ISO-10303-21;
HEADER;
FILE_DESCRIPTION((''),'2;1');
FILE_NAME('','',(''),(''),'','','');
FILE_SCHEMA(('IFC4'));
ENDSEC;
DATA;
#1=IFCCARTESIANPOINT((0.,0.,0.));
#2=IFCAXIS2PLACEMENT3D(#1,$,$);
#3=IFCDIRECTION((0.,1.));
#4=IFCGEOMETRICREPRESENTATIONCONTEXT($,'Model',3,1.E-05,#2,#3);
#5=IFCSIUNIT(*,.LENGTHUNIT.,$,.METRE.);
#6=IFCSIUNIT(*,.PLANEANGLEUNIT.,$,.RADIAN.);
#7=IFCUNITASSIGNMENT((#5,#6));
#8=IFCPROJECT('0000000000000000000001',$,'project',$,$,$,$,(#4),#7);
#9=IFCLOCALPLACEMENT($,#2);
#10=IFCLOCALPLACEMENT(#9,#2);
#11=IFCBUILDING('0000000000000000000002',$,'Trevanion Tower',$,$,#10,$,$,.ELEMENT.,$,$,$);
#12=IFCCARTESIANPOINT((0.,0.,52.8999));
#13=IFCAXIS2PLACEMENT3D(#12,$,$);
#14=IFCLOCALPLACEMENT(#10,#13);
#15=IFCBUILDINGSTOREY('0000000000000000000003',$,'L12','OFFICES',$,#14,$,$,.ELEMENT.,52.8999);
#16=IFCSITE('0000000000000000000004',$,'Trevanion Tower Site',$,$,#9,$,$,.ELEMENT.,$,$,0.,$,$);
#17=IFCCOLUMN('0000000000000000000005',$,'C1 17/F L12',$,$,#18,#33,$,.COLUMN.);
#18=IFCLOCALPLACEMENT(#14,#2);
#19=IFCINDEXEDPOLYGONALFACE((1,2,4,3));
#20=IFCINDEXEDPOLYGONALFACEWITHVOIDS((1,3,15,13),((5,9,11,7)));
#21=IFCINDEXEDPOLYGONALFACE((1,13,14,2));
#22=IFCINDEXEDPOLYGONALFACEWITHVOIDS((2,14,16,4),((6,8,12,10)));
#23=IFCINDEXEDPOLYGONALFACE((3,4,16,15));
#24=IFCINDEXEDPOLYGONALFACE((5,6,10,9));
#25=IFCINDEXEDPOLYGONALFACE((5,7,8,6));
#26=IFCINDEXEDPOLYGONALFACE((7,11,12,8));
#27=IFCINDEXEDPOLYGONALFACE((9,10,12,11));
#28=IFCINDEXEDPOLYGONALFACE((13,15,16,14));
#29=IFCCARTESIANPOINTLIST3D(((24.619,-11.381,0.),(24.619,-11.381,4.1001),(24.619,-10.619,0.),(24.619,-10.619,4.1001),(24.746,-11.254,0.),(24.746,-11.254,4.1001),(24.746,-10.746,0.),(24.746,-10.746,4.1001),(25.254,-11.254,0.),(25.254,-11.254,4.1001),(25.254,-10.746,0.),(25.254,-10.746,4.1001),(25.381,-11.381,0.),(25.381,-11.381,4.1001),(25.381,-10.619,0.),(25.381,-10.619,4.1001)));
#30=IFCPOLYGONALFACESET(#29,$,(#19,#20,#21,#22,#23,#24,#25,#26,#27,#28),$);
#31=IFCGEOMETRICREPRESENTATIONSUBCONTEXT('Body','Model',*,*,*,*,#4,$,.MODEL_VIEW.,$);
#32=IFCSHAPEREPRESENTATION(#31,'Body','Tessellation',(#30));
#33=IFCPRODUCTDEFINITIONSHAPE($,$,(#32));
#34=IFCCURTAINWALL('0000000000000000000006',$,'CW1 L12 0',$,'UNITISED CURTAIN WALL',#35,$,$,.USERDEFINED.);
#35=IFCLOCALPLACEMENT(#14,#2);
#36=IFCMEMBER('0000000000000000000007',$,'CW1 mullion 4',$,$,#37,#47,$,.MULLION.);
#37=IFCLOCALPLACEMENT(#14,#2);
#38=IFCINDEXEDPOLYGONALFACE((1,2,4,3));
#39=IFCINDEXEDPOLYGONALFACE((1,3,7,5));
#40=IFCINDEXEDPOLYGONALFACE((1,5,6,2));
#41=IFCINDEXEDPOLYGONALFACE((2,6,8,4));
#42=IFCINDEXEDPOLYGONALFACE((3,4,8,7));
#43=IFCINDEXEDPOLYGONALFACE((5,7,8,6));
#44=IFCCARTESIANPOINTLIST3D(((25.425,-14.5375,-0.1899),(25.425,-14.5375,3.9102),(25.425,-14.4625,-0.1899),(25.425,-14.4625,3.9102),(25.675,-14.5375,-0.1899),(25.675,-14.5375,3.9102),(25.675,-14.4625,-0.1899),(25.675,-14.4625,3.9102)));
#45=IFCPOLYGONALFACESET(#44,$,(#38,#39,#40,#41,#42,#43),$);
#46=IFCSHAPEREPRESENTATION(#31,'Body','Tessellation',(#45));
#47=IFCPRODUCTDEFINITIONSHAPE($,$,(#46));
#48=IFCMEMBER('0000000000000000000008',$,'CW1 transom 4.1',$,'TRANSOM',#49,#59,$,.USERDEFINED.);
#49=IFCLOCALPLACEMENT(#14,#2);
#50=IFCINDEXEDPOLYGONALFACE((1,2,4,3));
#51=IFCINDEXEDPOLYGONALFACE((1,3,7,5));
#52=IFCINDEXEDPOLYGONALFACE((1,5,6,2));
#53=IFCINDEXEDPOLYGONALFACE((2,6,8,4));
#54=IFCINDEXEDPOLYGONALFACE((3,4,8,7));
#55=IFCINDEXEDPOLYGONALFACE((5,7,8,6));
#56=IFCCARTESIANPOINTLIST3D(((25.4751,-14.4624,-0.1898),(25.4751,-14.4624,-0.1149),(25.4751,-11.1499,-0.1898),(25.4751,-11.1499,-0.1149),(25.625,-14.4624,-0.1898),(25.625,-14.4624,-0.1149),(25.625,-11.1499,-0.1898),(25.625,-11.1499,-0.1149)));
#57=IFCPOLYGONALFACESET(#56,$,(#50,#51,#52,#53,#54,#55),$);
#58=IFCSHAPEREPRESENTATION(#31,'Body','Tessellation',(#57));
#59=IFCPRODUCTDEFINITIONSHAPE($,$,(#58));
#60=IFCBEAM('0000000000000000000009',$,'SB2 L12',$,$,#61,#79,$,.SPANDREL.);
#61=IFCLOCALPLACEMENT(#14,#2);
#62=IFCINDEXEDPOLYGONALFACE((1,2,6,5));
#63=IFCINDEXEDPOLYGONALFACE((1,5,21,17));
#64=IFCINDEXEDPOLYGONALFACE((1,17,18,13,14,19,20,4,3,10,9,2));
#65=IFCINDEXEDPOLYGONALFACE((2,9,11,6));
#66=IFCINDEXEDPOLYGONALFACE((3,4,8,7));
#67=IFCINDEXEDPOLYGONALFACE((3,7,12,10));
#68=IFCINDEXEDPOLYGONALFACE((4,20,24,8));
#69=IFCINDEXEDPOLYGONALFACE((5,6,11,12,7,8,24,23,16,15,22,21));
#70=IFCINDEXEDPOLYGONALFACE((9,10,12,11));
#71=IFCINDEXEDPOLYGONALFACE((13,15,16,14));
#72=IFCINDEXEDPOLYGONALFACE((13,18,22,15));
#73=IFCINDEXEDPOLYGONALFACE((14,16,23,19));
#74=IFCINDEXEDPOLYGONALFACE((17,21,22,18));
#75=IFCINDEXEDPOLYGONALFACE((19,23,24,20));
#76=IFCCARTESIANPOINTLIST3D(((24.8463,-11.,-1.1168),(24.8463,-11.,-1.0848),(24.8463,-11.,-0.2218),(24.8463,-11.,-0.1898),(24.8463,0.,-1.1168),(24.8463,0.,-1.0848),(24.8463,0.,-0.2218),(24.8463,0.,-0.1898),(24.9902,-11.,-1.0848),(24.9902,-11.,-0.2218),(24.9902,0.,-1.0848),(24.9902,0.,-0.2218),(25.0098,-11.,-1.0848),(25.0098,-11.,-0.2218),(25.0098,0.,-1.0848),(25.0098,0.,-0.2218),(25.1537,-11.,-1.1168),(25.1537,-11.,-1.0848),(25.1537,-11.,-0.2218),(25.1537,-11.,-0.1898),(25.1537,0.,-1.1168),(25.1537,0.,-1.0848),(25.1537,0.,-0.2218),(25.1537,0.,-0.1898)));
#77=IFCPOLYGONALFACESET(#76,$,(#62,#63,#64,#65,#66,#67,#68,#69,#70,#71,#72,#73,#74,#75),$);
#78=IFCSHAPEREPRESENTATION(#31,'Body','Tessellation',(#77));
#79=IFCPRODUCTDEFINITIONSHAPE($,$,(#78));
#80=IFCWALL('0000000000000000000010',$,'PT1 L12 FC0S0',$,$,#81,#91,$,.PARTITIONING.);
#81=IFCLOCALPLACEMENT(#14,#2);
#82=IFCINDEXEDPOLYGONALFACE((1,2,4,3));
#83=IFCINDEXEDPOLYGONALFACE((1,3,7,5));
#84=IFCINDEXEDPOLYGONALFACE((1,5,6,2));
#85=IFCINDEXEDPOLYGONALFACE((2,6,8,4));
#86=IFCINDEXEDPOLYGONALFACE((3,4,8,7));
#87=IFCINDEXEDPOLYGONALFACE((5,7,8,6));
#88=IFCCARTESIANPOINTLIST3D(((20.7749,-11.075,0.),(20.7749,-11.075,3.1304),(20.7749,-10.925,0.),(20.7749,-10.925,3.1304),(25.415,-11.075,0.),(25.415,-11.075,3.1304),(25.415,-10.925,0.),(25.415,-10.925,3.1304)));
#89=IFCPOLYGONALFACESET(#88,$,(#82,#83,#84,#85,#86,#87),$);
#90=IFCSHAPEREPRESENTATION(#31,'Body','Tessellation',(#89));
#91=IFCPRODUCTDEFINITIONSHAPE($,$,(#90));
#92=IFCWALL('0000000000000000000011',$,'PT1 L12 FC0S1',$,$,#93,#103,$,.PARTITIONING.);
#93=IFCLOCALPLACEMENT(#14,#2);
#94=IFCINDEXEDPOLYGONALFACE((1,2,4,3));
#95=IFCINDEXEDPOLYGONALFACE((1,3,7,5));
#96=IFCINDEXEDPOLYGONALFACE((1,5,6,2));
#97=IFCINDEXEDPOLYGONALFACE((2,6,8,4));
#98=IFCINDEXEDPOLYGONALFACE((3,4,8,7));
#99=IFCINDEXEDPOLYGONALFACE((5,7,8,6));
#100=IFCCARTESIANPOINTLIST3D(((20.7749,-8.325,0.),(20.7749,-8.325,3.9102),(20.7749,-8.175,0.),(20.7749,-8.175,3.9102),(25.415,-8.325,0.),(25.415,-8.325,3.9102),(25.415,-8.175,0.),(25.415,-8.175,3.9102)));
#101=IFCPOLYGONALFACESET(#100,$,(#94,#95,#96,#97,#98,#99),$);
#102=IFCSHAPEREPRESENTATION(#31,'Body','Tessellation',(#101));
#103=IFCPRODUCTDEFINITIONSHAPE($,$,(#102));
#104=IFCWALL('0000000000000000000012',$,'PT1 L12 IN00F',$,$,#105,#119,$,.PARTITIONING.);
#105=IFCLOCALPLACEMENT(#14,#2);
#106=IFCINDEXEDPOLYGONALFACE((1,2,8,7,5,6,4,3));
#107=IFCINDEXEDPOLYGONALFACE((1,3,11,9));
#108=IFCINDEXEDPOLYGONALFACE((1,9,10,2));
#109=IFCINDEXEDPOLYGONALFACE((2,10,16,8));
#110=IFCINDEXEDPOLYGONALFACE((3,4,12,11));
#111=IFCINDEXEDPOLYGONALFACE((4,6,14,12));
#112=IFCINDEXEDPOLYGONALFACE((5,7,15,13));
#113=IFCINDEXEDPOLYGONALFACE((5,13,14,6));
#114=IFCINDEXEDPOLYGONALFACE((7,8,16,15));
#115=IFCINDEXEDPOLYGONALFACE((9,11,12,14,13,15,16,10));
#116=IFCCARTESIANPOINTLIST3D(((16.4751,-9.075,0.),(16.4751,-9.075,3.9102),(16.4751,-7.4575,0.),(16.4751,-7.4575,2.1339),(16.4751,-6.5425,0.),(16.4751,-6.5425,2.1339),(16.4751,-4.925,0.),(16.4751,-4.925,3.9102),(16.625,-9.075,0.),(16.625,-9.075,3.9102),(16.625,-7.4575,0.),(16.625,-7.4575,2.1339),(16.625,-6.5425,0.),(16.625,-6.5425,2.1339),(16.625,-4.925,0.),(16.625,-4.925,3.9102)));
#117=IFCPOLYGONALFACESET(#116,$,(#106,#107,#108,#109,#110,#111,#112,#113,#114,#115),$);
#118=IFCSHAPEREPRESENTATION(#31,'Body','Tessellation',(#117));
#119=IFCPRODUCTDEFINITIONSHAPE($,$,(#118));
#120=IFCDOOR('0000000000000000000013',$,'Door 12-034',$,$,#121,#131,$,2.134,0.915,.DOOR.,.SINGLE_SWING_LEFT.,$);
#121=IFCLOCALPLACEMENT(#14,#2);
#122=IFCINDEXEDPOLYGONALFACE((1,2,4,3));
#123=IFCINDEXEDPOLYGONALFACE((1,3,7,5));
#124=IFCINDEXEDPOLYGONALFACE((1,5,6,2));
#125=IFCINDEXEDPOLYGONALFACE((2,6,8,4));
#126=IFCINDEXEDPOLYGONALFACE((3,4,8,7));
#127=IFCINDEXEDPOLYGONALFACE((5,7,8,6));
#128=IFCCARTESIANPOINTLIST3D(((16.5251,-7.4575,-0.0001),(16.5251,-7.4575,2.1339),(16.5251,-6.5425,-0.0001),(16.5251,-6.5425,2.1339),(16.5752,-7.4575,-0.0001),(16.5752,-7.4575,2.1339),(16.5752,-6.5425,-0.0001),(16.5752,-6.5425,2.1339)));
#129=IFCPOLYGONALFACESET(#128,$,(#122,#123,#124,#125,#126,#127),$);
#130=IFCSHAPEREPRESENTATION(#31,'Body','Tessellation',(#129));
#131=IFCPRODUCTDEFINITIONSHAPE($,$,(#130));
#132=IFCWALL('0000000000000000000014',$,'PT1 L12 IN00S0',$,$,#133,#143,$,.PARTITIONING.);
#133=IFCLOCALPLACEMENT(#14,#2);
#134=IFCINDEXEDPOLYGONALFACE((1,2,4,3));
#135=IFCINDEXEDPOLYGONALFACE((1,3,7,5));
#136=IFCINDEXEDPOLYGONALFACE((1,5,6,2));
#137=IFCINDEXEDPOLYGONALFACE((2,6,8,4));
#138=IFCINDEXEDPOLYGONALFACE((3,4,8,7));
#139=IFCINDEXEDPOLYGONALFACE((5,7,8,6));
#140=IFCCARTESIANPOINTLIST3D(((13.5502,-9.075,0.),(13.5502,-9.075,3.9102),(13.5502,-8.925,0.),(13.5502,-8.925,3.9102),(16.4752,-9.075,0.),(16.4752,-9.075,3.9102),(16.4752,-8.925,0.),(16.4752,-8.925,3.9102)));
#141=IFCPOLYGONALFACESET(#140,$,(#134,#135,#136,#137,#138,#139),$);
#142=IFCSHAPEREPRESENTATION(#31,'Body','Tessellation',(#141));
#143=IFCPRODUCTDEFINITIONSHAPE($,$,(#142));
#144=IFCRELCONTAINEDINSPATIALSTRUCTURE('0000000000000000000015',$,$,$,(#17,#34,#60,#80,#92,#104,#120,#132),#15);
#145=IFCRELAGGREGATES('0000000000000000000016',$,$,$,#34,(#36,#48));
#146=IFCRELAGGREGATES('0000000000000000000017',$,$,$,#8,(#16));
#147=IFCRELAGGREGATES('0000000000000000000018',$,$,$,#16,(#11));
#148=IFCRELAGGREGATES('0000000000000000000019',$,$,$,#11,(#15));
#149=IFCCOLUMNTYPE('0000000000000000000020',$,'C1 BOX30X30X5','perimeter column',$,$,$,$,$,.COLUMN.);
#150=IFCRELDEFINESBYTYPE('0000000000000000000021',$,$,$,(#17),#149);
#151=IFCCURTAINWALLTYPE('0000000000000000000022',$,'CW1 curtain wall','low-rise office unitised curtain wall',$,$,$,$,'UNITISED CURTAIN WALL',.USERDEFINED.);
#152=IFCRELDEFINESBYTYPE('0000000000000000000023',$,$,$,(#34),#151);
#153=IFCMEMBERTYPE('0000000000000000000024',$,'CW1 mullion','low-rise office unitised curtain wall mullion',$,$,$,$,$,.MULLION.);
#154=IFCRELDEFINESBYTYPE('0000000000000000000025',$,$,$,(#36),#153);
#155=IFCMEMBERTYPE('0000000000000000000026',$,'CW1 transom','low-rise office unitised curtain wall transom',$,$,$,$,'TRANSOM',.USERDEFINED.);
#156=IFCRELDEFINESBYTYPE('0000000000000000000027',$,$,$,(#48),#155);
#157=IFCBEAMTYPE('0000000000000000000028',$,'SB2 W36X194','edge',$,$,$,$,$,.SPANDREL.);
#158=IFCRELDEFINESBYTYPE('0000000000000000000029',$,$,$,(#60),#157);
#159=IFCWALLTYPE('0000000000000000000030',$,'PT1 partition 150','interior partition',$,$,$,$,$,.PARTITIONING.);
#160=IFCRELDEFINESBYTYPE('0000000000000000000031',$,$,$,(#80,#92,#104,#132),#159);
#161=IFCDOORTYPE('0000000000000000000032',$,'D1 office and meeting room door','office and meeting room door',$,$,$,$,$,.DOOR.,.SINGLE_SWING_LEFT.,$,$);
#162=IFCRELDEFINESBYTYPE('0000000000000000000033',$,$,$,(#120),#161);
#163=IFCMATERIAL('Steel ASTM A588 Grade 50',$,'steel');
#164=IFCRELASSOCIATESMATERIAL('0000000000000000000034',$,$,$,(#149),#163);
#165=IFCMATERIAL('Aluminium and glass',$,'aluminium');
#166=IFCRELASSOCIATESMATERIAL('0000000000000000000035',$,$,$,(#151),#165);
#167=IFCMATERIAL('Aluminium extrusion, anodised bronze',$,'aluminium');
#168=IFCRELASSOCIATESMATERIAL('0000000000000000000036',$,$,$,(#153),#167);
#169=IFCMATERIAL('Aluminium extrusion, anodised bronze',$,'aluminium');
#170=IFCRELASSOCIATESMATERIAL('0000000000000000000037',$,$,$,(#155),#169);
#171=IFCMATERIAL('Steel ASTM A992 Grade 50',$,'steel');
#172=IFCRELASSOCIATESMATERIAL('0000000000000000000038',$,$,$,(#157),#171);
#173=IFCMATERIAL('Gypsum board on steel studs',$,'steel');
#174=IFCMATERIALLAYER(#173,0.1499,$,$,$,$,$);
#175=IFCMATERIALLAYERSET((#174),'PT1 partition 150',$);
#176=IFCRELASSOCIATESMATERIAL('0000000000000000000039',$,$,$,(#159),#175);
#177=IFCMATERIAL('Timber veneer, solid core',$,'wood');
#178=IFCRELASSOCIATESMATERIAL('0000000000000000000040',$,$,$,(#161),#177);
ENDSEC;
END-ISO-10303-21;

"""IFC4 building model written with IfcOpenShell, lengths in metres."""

from ifc_helpers import new_model, si_unit, direction, frame, frame_2d, origin, origin_2d, place, context, subcontext, project, spatial, rectangle, hollow_rectangle, i_section, extrude, material, layer, layer_set, material_profile, profile_set, type_object, element, fill, aggregate, save


model = new_model("IFC4")

# Units and contexts
model_context = context("Model", 3, precision=1e-05, world=origin(), true_north=direction((0.0, 1.0)))
body_context = subcontext(model_context, "Body", "Model", "MODEL_VIEW")
ifc_project = project(units=[si_unit("LENGTHUNIT", "METRE"), si_unit("PLANEANGLEUNIT", "RADIAN")], contexts=[model_context])

# Site, building, storey
site_placement = place(None, origin())
site = spatial("IfcSite", under=ifc_project, at=site_placement, Name="Trevanion Tower Site", CompositionType="ELEMENT", RefElevation=0.0)
building_placement = place(site_placement, origin())
building = spatial("IfcBuilding", under=site, at=building_placement, Name="Trevanion Tower", CompositionType="ELEMENT")
storey_placement = place(building_placement, frame((0.0, 0.0, 52.8999)))
storey = spatial("IfcBuildingStorey", under=building, at=storey_placement, Name="L12", Description="OFFICES", CompositionType="ELEMENT", Elevation=52.8999)

# Column
ifc_material_1 = material(Name="Steel ASTM A588 Grade 50", Category="steel")
ifc_material_profile_1 = material_profile(ifc_material_1, hollow_rectangle(XDim=0.762, YDim=0.762, WallThickness=0.127, at=origin_2d()), Name="BOX30X30X5")
ifc_profile_set_1 = profile_set([ifc_material_profile_1], Name="Steel ASTM A588 Grade 50")
column_type = type_object("IfcColumnType", Name="C1 BOX30X30X5", Description="perimeter column", PredefinedType="COLUMN", material=ifc_profile_set_1)
column_placement = place(storey_placement, frame((25.0, -11.0, 0.0), z_axis=(0.0, 0.0, 1.0), x_axis=(0.0, 1.0, 0.0)))
element("IfcColumn", 1, at=column_placement, inside=storey, type_object=column_type, Name="C1 17/F L12", PredefinedType="COLUMN", context=body_context, shape_type="SweptSolid", body=[
    extrude(hollow_rectangle(XDim=0.762, YDim=0.762, WallThickness=0.127, at=origin_2d()), origin(), (0.0, 0.0, 1.0), 4.1001),
])

# Curtain wall, members
ifc_material_2 = material(Name="Aluminium and glass", Category="aluminium")
curtain_wall_type = type_object("IfcCurtainWallType", Name="CW1 curtain wall", Description="low-rise office unitised curtain wall", ElementType="UNITISED CURTAIN WALL", PredefinedType="USERDEFINED", material=ifc_material_2)
curtain_wall_placement = place(storey_placement, origin())
curtain_wall = element("IfcCurtainWall", 2, at=curtain_wall_placement, inside=storey, type_object=curtain_wall_type, Name="CW1 L12 0", ObjectType="UNITISED CURTAIN WALL", PredefinedType="USERDEFINED")
ifc_material_3 = material(Name="Aluminium extrusion, anodised bronze", Category="aluminium")
ifc_material_profile_2 = material_profile(ifc_material_3, rectangle(XDim=0.075, YDim=0.25, at=origin_2d()), Name="CW1 mullion")
ifc_profile_set_2 = profile_set([ifc_material_profile_2], Name="Aluminium extrusion, anodised bronze")
member_type_1 = type_object("IfcMemberType", Name="CW1 mullion", Description="low-rise office unitised curtain wall mullion", PredefinedType="MULLION", material=ifc_profile_set_2)
member_1_placement = place(storey_placement, frame((25.55, -14.5, -0.1899), z_axis=(0.0, 0.0, 1.0), x_axis=(0.0, 1.0, 0.0)))
member_1 = element("IfcMember", 3, at=member_1_placement, type_object=member_type_1, Name="CW1 mullion 4", PredefinedType="MULLION", context=body_context, shape_type="SweptSolid", body=[
    extrude(rectangle(XDim=0.075, YDim=0.25, at=origin_2d()), origin(), (0.0, 0.0, 1.0), 4.1001),
])
ifc_material_4 = material(Name="Aluminium extrusion, anodised bronze", Category="aluminium")
ifc_material_profile_3 = material_profile(ifc_material_4, rectangle(XDim=0.1499, YDim=0.075, at=origin_2d()), Name="CW1 transom")
ifc_profile_set_3 = profile_set([ifc_material_profile_3], Name="Aluminium extrusion, anodised bronze")
member_type_2 = type_object("IfcMemberType", Name="CW1 transom", Description="low-rise office unitised curtain wall transom", ElementType="TRANSOM", PredefinedType="USERDEFINED", material=ifc_profile_set_3)
member_2_placement = place(storey_placement, frame((25.55, -14.4624, -0.1523), z_axis=(0.0, 1.0, 0.0), x_axis=(-1.0, 0.0, 0.0)))
member_2 = element("IfcMember", 4, at=member_2_placement, type_object=member_type_2, Name="CW1 transom 4.1", ObjectType="TRANSOM", PredefinedType="USERDEFINED", context=body_context, shape_type="SweptSolid", body=[
    extrude(rectangle(XDim=0.1499, YDim=0.075, at=origin_2d()), origin(), (0.0, 0.0, 1.0), 3.3125),
])
aggregate(curtain_wall, [member_1, member_2])

# Beam
ifc_material_5 = material(Name="Steel ASTM A992 Grade 50", Category="steel")
ifc_material_profile_4 = material_profile(ifc_material_5, i_section(OverallWidth=0.3074, OverallDepth=0.927, WebThickness=0.0195, FlangeThickness=0.032, at=origin_2d()), Name="W36X194")
ifc_profile_set_4 = profile_set([ifc_material_profile_4], Name="Steel ASTM A992 Grade 50")
beam_type = type_object("IfcBeamType", Name="SB2 W36X194", Description="edge", PredefinedType="SPANDREL", material=ifc_profile_set_4)
beam_placement = place(storey_placement, frame((25.0, -11.0, -0.6533), z_axis=(0.0, 1.0, 0.0), x_axis=(-1.0, 0.0, 0.0)))
element("IfcBeam", 5, at=beam_placement, inside=storey, type_object=beam_type, Name="SB2 L12", PredefinedType="SPANDREL", context=body_context, shape_type="SweptSolid", body=[
    extrude(i_section(OverallWidth=0.3074, OverallDepth=0.927, WebThickness=0.0195, FlangeThickness=0.032, at=origin_2d()), origin(), (0.0, 0.0, 1.0), 11.0),
])

# Shared definitions
ifc_material_6 = material(Name="Gypsum board on steel studs", Category="steel")
ifc_layer = layer(ifc_material_6, 0.1499)
ifc_layer_set = layer_set([ifc_layer], Name="PT1 partition 150")
wall_type = type_object("IfcWallType", Name="PT1 partition 150", Description="interior partition", PredefinedType="PARTITIONING", material=ifc_layer_set)
ifc_material_7 = material(Name="Timber veneer, solid core", Category="wood")
door_type = type_object("IfcDoorType", Name="D1 office and meeting room door", Description="office and meeting room door", OperationType="SINGLE_SWING_LEFT", PredefinedType="DOOR", material=ifc_material_7)

# Walls
wall_1_placement = place(storey_placement, frame((20.7749, -11.0, 0.0), z_axis=(0.0, 0.0, 1.0), x_axis=(1.0, 0.0, 0.0)))
element("IfcWall", 6, at=wall_1_placement, inside=storey, type_object=wall_type, Name="PT1 L12 FC0S0", PredefinedType="PARTITIONING", context=body_context, shape_type="SweptSolid", body=[
    extrude(rectangle(XDim=4.6401, YDim=0.1499, at=frame_2d((2.3201, 0.0))), origin(), (0.0, 0.0, 1.0), 3.1304),
])
wall_2_placement = place(storey_placement, frame((20.7749, -8.25, 0.0), z_axis=(0.0, 0.0, 1.0), x_axis=(1.0, 0.0, 0.0)))
element("IfcWall", 7, at=wall_2_placement, inside=storey, type_object=wall_type, Name="PT1 L12 FC0S1", PredefinedType="PARTITIONING", context=body_context, shape_type="SweptSolid", body=[
    extrude(rectangle(XDim=4.6401, YDim=0.1499, at=frame_2d((2.3201, 0.0))), origin(), (0.0, 0.0, 1.0), 3.9102),
])

# Wall, opening, door
wall_3_placement = place(storey_placement, frame((16.55, -9.075, 0.0), z_axis=(0.0, 0.0, 1.0), x_axis=(0.0, 1.0, 0.0)))
wall_3 = element("IfcWall", 8, at=wall_3_placement, inside=storey, type_object=wall_type, Name="PT1 L12 IN00F", PredefinedType="PARTITIONING", context=body_context, shape_type="SweptSolid", body=[
    extrude(rectangle(XDim=4.1499, YDim=0.1499, at=frame_2d((2.075, 0.0))), origin(), (0.0, 0.0, 1.0), 3.9102),
])
opening_1_placement = place(wall_3_placement, frame((1.6174, 0.0, 0.0)))
opening_1 = element("IfcOpeningElement", 9, at=opening_1_placement, cuts=wall_3, PredefinedType="OPENING", context=body_context, shape_type="SweptSolid", body=[
    extrude(rectangle(XDim=0.915, YDim=2.134, at=frame_2d((0.4575, 1.0669))), frame((0.0, 0.085, 0.0), z_axis=(0.0, -1.0, 0.0), x_axis=(1.0, 0.0, 0.0)), (0.0, 0.0, 1.0), 0.1699),
])
door_1_placement = place(opening_1_placement, origin())
door_1 = element("IfcDoor", 10, at=door_1_placement, inside=storey, type_object=door_type, Name="Door 12-034", OperationType="SINGLE_SWING_LEFT", OverallHeight=2.134, OverallWidth=0.915, PredefinedType="DOOR", context=body_context, shape_type="SweptSolid", body=[
    extrude(rectangle(XDim=0.915, YDim=2.134, at=frame_2d((0.4575, 1.0669))), frame((0.0, 0.0249, 0.0), z_axis=(0.0, -1.0, 0.0), x_axis=(1.0, 0.0, 0.0)), (0.0, 0.0, 1.0), 0.05),
])
fill(opening_1, door_1)

# Wall
wall_4_placement = place(storey_placement, frame((16.4751, -9.0, 0.0), z_axis=(0.0, 0.0, 1.0), x_axis=(-1.0, 0.0, 0.0)))
element("IfcWall", 11, at=wall_4_placement, inside=storey, type_object=wall_type, Name="PT1 L12 IN00S0", PredefinedType="PARTITIONING", context=body_context, shape_type="SweptSolid", body=[
    extrude(rectangle(XDim=2.925, YDim=0.1499, at=frame_2d((1.4624, 0.0))), origin(), (0.0, 0.0, 1.0), 3.9102),
])

save(model, "model.ifc")
